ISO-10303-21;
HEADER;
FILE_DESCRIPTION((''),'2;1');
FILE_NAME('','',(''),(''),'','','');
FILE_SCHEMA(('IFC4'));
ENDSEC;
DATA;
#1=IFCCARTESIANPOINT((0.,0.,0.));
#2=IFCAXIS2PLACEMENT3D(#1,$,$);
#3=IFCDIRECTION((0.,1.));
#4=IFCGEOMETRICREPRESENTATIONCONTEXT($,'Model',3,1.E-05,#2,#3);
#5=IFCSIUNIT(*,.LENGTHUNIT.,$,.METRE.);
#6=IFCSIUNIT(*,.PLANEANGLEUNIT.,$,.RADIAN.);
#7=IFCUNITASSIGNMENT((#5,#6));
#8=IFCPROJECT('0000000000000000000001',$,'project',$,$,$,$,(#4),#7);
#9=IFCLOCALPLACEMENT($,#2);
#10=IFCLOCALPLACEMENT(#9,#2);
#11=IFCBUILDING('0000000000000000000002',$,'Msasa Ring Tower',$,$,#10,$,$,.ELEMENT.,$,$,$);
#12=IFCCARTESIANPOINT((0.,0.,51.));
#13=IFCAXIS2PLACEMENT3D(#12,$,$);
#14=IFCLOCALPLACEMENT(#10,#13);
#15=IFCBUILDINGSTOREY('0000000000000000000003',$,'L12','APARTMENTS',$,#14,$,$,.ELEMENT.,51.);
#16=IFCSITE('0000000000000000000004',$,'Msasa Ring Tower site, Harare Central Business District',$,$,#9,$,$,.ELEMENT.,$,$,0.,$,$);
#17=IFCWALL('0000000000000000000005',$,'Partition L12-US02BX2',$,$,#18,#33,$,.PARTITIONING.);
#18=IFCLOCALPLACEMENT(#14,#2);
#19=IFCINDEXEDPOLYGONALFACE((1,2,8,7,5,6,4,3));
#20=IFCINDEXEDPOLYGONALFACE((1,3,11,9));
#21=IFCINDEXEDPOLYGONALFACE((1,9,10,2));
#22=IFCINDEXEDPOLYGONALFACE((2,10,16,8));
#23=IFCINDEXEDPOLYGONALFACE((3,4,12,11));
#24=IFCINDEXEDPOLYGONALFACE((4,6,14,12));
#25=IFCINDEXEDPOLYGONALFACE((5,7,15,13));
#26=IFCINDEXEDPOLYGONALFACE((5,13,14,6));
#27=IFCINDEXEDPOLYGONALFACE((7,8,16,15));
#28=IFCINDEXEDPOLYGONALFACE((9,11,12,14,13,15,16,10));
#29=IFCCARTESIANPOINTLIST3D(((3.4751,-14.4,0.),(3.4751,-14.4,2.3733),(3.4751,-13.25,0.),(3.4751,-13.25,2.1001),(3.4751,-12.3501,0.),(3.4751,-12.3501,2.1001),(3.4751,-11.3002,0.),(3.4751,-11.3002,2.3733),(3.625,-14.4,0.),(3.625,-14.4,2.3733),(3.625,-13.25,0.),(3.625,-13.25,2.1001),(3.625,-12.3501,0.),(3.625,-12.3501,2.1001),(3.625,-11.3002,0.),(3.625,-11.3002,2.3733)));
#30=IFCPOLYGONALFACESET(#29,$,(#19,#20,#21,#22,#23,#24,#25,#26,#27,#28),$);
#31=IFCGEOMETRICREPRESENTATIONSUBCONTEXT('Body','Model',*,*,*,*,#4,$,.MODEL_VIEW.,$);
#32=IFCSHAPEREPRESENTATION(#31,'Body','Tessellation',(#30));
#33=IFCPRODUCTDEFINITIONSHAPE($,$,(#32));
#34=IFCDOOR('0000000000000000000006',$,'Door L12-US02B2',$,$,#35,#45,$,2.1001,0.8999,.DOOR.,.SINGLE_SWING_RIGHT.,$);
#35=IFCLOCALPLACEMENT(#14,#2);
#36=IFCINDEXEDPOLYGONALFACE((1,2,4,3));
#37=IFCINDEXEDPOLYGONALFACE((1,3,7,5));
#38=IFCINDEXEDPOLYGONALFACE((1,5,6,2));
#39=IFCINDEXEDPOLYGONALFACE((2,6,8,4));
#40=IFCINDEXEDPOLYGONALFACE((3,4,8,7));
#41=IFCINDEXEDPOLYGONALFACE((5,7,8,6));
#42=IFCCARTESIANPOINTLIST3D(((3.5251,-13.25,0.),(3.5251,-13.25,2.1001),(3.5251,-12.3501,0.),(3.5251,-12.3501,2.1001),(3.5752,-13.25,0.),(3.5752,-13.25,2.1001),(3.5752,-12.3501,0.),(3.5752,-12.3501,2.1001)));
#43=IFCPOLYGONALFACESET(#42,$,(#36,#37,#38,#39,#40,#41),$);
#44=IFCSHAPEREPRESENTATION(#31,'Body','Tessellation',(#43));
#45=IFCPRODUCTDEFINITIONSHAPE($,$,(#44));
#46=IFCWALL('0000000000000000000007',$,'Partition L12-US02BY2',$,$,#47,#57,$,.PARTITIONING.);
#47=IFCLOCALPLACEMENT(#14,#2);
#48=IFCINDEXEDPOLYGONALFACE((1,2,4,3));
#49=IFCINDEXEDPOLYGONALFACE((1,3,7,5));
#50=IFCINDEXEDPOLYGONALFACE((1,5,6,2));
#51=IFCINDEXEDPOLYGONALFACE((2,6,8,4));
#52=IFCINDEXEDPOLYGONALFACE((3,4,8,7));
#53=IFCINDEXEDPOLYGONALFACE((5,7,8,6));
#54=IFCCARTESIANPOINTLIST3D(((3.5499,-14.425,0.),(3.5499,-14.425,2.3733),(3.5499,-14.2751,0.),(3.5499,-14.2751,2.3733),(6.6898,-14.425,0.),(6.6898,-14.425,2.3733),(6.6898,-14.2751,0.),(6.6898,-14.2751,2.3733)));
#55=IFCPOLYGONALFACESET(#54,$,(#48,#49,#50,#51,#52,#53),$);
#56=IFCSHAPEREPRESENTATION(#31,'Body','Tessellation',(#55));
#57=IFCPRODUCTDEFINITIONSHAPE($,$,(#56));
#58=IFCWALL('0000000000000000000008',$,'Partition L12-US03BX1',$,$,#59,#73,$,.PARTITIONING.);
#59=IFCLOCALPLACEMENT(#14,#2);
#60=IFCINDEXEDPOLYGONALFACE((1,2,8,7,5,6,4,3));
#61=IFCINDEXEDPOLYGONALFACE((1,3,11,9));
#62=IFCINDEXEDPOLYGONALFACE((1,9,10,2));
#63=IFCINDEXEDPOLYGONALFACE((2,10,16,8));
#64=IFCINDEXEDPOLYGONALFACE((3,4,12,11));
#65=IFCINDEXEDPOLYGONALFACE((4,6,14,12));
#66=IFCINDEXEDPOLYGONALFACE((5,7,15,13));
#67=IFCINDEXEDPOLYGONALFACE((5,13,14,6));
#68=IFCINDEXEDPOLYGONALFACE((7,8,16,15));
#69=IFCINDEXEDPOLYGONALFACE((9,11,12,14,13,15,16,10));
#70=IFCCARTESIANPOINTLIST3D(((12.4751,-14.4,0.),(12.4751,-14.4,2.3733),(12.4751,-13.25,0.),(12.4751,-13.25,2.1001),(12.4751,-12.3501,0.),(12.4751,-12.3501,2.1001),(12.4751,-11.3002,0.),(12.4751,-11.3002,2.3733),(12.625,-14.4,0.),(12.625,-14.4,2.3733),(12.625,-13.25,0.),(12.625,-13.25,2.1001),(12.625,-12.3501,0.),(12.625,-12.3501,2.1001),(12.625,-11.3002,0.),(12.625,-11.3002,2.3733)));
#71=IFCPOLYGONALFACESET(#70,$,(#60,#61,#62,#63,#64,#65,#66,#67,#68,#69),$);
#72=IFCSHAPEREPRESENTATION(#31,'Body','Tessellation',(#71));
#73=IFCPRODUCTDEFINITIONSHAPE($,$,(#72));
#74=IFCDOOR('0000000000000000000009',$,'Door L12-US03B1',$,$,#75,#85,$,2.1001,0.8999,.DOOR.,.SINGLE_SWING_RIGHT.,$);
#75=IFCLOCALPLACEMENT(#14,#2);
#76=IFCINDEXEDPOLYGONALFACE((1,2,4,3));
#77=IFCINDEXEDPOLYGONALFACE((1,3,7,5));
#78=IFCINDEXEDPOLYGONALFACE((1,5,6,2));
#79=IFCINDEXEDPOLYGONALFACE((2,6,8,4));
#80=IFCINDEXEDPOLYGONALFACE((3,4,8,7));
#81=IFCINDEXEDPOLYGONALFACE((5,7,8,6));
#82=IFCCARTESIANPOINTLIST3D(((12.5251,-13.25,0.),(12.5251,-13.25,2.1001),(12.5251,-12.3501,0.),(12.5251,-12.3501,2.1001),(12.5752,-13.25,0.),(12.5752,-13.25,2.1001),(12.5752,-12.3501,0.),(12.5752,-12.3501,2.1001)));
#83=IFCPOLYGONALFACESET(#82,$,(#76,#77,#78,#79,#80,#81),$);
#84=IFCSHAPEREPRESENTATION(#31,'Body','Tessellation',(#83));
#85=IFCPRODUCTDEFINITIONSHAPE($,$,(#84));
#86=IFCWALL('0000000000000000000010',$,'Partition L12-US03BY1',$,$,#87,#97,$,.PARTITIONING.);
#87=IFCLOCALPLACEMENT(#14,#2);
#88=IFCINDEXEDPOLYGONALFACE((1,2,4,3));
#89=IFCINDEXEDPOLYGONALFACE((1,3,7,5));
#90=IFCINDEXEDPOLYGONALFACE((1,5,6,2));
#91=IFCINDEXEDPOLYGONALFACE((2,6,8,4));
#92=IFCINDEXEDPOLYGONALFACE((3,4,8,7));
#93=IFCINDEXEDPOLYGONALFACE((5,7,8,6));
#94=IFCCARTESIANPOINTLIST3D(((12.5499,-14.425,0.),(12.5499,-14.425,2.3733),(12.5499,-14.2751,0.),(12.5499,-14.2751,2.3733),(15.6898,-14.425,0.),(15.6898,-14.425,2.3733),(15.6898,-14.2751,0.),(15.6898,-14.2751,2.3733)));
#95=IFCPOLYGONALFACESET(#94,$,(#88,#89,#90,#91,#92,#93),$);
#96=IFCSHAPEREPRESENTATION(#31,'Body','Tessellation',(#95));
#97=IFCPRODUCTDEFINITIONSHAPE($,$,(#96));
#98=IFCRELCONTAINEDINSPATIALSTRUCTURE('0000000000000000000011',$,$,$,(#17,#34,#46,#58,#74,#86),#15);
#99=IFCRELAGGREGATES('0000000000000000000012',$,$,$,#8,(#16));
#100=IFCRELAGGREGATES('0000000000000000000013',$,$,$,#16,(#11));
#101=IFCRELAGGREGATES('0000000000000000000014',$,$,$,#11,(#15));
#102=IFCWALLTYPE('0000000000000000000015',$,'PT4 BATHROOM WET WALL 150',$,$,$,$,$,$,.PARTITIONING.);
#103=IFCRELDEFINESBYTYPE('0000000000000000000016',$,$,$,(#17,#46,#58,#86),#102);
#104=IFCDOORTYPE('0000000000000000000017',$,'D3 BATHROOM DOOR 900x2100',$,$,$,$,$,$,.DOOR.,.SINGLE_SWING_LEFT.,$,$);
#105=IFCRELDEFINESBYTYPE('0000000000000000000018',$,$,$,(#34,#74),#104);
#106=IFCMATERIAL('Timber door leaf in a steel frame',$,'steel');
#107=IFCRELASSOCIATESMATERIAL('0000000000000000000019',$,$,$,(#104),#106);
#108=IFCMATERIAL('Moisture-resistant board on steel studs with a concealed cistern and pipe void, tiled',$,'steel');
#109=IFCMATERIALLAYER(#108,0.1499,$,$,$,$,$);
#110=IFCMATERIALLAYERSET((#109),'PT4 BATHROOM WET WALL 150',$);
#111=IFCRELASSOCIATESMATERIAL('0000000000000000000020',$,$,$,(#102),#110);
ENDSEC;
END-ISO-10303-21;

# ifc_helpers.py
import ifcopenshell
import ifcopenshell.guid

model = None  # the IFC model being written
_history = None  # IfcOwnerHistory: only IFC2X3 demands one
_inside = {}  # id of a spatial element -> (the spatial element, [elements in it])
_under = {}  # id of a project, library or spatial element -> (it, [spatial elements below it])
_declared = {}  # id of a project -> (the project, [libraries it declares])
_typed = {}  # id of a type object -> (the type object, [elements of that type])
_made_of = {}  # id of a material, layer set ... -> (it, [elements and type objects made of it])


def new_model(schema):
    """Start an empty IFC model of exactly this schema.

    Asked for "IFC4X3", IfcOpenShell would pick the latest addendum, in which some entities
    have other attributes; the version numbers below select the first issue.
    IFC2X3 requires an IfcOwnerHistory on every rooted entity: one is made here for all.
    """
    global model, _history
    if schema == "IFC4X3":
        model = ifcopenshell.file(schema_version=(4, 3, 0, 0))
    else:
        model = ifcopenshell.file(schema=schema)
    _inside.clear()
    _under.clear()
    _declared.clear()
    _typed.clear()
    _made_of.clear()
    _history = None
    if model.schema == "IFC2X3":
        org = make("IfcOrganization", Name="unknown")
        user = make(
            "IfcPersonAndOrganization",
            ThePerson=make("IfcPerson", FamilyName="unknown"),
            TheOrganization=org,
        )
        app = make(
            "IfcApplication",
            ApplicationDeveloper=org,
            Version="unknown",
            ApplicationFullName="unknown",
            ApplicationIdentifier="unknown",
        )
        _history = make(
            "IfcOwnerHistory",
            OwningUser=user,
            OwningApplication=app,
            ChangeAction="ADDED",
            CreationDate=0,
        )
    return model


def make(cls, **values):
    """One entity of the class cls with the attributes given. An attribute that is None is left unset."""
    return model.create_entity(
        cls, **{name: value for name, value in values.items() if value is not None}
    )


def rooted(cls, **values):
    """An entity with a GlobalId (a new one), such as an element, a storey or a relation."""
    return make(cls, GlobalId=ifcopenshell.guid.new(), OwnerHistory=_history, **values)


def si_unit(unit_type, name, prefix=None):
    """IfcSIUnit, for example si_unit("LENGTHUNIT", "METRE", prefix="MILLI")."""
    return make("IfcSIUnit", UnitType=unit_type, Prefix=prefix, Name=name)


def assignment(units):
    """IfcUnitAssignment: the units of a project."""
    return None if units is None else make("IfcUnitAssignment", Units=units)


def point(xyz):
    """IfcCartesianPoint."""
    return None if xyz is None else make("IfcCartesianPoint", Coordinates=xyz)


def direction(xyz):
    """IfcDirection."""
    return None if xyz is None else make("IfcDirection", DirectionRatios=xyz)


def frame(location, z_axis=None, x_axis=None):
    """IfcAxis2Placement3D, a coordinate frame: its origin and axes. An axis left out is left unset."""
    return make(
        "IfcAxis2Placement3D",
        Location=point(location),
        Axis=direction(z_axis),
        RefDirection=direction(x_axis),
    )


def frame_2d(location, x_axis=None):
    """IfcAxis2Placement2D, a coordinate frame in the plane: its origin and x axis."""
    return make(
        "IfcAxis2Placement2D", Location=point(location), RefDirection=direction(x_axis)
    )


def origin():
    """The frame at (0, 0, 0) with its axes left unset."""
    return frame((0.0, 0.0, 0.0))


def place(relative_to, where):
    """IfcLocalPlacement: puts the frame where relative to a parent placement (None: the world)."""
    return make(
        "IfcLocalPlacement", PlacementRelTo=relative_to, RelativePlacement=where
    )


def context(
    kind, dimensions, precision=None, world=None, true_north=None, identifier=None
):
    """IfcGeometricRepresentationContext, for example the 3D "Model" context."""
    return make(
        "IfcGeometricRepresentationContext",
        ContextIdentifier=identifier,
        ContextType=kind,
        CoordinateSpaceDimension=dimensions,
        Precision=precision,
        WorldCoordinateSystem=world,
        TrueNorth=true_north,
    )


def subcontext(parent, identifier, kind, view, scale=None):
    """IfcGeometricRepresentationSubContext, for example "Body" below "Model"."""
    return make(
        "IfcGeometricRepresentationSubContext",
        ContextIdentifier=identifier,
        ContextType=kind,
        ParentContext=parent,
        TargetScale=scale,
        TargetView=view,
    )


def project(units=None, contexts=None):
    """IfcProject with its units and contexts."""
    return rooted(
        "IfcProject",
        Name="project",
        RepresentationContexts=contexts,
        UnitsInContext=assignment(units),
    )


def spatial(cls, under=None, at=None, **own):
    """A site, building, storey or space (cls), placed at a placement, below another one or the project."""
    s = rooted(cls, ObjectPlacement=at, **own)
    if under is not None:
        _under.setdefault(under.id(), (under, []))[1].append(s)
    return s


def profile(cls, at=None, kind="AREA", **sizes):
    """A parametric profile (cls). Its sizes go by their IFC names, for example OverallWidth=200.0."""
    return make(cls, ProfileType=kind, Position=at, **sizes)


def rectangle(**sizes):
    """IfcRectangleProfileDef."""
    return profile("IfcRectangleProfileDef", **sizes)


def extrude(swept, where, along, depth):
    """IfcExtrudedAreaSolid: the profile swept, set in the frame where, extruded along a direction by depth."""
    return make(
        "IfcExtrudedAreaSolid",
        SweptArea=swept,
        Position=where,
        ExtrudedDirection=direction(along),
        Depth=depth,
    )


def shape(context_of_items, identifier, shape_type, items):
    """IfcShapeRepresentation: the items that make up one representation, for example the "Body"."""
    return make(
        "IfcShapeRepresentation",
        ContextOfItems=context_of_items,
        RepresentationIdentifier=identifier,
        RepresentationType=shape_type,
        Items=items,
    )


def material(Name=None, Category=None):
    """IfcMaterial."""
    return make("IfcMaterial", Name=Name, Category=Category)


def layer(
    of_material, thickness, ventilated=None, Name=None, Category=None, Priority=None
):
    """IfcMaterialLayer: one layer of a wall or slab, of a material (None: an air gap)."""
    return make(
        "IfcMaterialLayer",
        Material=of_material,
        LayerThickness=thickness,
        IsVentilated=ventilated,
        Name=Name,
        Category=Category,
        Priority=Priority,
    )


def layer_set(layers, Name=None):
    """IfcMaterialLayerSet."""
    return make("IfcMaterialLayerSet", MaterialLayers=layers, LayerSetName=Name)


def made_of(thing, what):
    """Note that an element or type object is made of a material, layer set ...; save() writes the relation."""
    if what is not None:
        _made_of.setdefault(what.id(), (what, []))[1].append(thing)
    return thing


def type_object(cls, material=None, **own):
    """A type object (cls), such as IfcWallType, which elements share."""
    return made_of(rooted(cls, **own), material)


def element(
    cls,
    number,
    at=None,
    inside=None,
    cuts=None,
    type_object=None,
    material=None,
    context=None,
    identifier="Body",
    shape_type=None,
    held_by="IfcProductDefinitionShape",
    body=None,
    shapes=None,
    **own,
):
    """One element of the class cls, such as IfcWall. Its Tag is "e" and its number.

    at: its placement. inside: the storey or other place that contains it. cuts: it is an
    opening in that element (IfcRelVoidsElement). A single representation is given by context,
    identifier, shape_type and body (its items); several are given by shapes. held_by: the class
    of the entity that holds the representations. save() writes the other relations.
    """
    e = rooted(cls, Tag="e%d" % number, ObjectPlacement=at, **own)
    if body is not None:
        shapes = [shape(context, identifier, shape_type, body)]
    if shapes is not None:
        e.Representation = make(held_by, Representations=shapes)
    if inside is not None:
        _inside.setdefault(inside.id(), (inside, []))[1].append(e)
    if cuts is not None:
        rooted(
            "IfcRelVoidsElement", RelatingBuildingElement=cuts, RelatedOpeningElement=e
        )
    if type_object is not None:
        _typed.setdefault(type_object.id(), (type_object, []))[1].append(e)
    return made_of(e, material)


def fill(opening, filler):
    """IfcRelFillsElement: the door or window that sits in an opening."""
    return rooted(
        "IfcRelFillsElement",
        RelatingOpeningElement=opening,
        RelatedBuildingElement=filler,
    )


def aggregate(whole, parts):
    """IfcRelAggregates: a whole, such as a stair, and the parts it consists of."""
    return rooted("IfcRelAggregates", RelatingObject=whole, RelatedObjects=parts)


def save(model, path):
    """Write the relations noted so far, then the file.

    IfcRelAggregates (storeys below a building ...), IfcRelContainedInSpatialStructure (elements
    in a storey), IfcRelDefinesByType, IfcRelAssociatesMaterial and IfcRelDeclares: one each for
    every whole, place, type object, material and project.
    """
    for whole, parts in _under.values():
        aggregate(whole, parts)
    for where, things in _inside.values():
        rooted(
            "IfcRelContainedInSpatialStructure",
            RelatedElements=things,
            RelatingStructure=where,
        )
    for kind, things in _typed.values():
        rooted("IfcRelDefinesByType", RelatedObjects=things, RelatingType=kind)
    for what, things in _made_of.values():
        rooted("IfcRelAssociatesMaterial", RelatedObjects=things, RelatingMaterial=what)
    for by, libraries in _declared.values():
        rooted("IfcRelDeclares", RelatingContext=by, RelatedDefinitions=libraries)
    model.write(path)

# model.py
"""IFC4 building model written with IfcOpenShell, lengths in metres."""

from ifc_helpers import new_model, si_unit, direction, frame, frame_2d, origin, place, context, subcontext, project, spatial, rectangle, extrude, material, layer, layer_set, type_object, element, fill, save


model = new_model("IFC4")

# Units and contexts
model_context = context("Model", 3, precision=1e-05, world=origin(), true_north=direction((0.0, 1.0)))
body_context = subcontext(model_context, "Body", "Model", "MODEL_VIEW")
ifc_project = project(units=[si_unit("LENGTHUNIT", "METRE"), si_unit("PLANEANGLEUNIT", "RADIAN")], contexts=[model_context])

# Site, building, storey
site_placement = place(None, origin())
site = spatial("IfcSite", under=ifc_project, at=site_placement, Name="Msasa Ring Tower site, Harare Central Business District", CompositionType="ELEMENT", RefElevation=0.0)
building_placement = place(site_placement, origin())
building = spatial("IfcBuilding", under=site, at=building_placement, Name="Msasa Ring Tower", CompositionType="ELEMENT")
storey_placement = place(building_placement, frame((0.0, 0.0, 51.0)))
storey = spatial("IfcBuildingStorey", under=building, at=storey_placement, Name="L12", Description="APARTMENTS", CompositionType="ELEMENT", Elevation=51.0)

# Shared definitions
ifc_material_1 = material(Name="Timber door leaf in a steel frame", Category="steel")
door_type_1 = type_object("IfcDoorType", Name="D3 BATHROOM DOOR 900x2100", OperationType="SINGLE_SWING_LEFT", PredefinedType="DOOR", material=ifc_material_1)

# Wall, opening, door
ifc_material_2 = material(Name="Moisture-resistant board on steel studs with a concealed cistern and pipe void, tiled", Category="steel")
ifc_layer_1 = layer(ifc_material_2, 0.1499)
ifc_layer_set_1 = layer_set([ifc_layer_1], Name="PT4 BATHROOM WET WALL 150")
wall_type_1 = type_object("IfcWallType", Name="PT4 BATHROOM WET WALL 150", PredefinedType="PARTITIONING", material=ifc_layer_set_1)
wall_1_placement = place(storey_placement, frame((3.55, -14.3999, 0.0), z_axis=(0.0, 0.0, 1.0), x_axis=(0.0, 1.0, 0.0)))
wall_1 = element("IfcWall", 1, at=wall_1_placement, inside=storey, type_object=wall_type_1, Name="Partition L12-US02BX2", PredefinedType="PARTITIONING", context=body_context, shape_type="SweptSolid", body=[
    extrude(rectangle(XDim=3.0999, YDim=0.1499, at=frame_2d((1.5498, 0.0))), origin(), (0.0, 0.0, 1.0), 2.3733),
])
opening_1_placement = place(wall_1_placement, frame((1.1499, 0.0, 0.0)))
opening_1 = element("IfcOpeningElement", 2, at=opening_1_placement, cuts=wall_1, PredefinedType="OPENING", context=body_context, shape_type="SweptSolid", body=[
    extrude(rectangle(XDim=0.8999, YDim=2.1001, at=frame_2d((0.45, 1.05))), frame((0.0, 0.085, 0.0), z_axis=(0.0, -1.0, 0.0), x_axis=(1.0, 0.0, 0.0)), (0.0, 0.0, 1.0), 0.1699),
])
door_1_placement = place(opening_1_placement, origin())
door_1 = element("IfcDoor", 3, at=door_1_placement, inside=storey, type_object=door_type_1, Name="Door L12-US02B2", OperationType="SINGLE_SWING_RIGHT", OverallHeight=2.1001, OverallWidth=0.8999, PredefinedType="DOOR", context=body_context, shape_type="SweptSolid", body=[
    extrude(rectangle(XDim=0.8999, YDim=2.1001, at=frame_2d((0.45, 1.05))), frame((0.0, 0.0249, 0.0), z_axis=(0.0, -1.0, 0.0), x_axis=(1.0, 0.0, 0.0)), (0.0, 0.0, 1.0), 0.05),
])
fill(opening_1, door_1)

# Wall
wall_2_placement = place(storey_placement, frame((3.55, -14.3501, 0.0), z_axis=(0.0, 0.0, 1.0), x_axis=(1.0, 0.0, 0.0)))
element("IfcWall", 4, at=wall_2_placement, inside=storey, type_object=wall_type_1, Name="Partition L12-US02BY2", PredefinedType="PARTITIONING", context=body_context, shape_type="SweptSolid", body=[
    extrude(rectangle(XDim=3.1399, YDim=0.1499, at=frame_2d((1.5698, 0.0))), origin(), (0.0, 0.0, 1.0), 2.3733),
])

# Wall, opening, door
wall_3_placement = place(storey_placement, frame((12.55, -14.3999, 0.0), z_axis=(0.0, 0.0, 1.0), x_axis=(0.0, 1.0, 0.0)))
wall_3 = element("IfcWall", 5, at=wall_3_placement, inside=storey, type_object=wall_type_1, Name="Partition L12-US03BX1", PredefinedType="PARTITIONING", context=body_context, shape_type="SweptSolid", body=[
    extrude(rectangle(XDim=3.0999, YDim=0.1499, at=frame_2d((1.5498, 0.0))), origin(), (0.0, 0.0, 1.0), 2.3733),
])
opening_2_placement = place(wall_3_placement, frame((1.1499, 0.0, 0.0)))
opening_2 = element("IfcOpeningElement", 6, at=opening_2_placement, cuts=wall_3, PredefinedType="OPENING", context=body_context, shape_type="SweptSolid", body=[
    extrude(rectangle(XDim=0.8999, YDim=2.1001, at=frame_2d((0.45, 1.05))), frame((0.0, 0.085, 0.0), z_axis=(0.0, -1.0, 0.0), x_axis=(1.0, 0.0, 0.0)), (0.0, 0.0, 1.0), 0.1699),
])
door_2_placement = place(opening_2_placement, origin())
door_2 = element("IfcDoor", 7, at=door_2_placement, inside=storey, type_object=door_type_1, Name="Door L12-US03B1", OperationType="SINGLE_SWING_RIGHT", OverallHeight=2.1001, OverallWidth=0.8999, PredefinedType="DOOR", context=body_context, shape_type="SweptSolid", body=[
    extrude(rectangle(XDim=0.8999, YDim=2.1001, at=frame_2d((0.45, 1.05))), frame((0.0, 0.0249, 0.0), z_axis=(0.0, -1.0, 0.0), x_axis=(1.0, 0.0, 0.0)), (0.0, 0.0, 1.0), 0.05),
])
fill(opening_2, door_2)

# Wall
wall_4_placement = place(storey_placement, frame((12.55, -14.3501, 0.0), z_axis=(0.0, 0.0, 1.0), x_axis=(1.0, 0.0, 0.0)))
element("IfcWall", 8, at=wall_4_placement, inside=storey, type_object=wall_type_1, Name="Partition L12-US03BY1", PredefinedType="PARTITIONING", context=body_context, shape_type="SweptSolid", body=[
    extrude(rectangle(XDim=3.1399, YDim=0.1499, at=frame_2d((1.5698, 0.0))), origin(), (0.0, 0.0, 1.0), 2.3733),
])

save(model, "model.ifc")
